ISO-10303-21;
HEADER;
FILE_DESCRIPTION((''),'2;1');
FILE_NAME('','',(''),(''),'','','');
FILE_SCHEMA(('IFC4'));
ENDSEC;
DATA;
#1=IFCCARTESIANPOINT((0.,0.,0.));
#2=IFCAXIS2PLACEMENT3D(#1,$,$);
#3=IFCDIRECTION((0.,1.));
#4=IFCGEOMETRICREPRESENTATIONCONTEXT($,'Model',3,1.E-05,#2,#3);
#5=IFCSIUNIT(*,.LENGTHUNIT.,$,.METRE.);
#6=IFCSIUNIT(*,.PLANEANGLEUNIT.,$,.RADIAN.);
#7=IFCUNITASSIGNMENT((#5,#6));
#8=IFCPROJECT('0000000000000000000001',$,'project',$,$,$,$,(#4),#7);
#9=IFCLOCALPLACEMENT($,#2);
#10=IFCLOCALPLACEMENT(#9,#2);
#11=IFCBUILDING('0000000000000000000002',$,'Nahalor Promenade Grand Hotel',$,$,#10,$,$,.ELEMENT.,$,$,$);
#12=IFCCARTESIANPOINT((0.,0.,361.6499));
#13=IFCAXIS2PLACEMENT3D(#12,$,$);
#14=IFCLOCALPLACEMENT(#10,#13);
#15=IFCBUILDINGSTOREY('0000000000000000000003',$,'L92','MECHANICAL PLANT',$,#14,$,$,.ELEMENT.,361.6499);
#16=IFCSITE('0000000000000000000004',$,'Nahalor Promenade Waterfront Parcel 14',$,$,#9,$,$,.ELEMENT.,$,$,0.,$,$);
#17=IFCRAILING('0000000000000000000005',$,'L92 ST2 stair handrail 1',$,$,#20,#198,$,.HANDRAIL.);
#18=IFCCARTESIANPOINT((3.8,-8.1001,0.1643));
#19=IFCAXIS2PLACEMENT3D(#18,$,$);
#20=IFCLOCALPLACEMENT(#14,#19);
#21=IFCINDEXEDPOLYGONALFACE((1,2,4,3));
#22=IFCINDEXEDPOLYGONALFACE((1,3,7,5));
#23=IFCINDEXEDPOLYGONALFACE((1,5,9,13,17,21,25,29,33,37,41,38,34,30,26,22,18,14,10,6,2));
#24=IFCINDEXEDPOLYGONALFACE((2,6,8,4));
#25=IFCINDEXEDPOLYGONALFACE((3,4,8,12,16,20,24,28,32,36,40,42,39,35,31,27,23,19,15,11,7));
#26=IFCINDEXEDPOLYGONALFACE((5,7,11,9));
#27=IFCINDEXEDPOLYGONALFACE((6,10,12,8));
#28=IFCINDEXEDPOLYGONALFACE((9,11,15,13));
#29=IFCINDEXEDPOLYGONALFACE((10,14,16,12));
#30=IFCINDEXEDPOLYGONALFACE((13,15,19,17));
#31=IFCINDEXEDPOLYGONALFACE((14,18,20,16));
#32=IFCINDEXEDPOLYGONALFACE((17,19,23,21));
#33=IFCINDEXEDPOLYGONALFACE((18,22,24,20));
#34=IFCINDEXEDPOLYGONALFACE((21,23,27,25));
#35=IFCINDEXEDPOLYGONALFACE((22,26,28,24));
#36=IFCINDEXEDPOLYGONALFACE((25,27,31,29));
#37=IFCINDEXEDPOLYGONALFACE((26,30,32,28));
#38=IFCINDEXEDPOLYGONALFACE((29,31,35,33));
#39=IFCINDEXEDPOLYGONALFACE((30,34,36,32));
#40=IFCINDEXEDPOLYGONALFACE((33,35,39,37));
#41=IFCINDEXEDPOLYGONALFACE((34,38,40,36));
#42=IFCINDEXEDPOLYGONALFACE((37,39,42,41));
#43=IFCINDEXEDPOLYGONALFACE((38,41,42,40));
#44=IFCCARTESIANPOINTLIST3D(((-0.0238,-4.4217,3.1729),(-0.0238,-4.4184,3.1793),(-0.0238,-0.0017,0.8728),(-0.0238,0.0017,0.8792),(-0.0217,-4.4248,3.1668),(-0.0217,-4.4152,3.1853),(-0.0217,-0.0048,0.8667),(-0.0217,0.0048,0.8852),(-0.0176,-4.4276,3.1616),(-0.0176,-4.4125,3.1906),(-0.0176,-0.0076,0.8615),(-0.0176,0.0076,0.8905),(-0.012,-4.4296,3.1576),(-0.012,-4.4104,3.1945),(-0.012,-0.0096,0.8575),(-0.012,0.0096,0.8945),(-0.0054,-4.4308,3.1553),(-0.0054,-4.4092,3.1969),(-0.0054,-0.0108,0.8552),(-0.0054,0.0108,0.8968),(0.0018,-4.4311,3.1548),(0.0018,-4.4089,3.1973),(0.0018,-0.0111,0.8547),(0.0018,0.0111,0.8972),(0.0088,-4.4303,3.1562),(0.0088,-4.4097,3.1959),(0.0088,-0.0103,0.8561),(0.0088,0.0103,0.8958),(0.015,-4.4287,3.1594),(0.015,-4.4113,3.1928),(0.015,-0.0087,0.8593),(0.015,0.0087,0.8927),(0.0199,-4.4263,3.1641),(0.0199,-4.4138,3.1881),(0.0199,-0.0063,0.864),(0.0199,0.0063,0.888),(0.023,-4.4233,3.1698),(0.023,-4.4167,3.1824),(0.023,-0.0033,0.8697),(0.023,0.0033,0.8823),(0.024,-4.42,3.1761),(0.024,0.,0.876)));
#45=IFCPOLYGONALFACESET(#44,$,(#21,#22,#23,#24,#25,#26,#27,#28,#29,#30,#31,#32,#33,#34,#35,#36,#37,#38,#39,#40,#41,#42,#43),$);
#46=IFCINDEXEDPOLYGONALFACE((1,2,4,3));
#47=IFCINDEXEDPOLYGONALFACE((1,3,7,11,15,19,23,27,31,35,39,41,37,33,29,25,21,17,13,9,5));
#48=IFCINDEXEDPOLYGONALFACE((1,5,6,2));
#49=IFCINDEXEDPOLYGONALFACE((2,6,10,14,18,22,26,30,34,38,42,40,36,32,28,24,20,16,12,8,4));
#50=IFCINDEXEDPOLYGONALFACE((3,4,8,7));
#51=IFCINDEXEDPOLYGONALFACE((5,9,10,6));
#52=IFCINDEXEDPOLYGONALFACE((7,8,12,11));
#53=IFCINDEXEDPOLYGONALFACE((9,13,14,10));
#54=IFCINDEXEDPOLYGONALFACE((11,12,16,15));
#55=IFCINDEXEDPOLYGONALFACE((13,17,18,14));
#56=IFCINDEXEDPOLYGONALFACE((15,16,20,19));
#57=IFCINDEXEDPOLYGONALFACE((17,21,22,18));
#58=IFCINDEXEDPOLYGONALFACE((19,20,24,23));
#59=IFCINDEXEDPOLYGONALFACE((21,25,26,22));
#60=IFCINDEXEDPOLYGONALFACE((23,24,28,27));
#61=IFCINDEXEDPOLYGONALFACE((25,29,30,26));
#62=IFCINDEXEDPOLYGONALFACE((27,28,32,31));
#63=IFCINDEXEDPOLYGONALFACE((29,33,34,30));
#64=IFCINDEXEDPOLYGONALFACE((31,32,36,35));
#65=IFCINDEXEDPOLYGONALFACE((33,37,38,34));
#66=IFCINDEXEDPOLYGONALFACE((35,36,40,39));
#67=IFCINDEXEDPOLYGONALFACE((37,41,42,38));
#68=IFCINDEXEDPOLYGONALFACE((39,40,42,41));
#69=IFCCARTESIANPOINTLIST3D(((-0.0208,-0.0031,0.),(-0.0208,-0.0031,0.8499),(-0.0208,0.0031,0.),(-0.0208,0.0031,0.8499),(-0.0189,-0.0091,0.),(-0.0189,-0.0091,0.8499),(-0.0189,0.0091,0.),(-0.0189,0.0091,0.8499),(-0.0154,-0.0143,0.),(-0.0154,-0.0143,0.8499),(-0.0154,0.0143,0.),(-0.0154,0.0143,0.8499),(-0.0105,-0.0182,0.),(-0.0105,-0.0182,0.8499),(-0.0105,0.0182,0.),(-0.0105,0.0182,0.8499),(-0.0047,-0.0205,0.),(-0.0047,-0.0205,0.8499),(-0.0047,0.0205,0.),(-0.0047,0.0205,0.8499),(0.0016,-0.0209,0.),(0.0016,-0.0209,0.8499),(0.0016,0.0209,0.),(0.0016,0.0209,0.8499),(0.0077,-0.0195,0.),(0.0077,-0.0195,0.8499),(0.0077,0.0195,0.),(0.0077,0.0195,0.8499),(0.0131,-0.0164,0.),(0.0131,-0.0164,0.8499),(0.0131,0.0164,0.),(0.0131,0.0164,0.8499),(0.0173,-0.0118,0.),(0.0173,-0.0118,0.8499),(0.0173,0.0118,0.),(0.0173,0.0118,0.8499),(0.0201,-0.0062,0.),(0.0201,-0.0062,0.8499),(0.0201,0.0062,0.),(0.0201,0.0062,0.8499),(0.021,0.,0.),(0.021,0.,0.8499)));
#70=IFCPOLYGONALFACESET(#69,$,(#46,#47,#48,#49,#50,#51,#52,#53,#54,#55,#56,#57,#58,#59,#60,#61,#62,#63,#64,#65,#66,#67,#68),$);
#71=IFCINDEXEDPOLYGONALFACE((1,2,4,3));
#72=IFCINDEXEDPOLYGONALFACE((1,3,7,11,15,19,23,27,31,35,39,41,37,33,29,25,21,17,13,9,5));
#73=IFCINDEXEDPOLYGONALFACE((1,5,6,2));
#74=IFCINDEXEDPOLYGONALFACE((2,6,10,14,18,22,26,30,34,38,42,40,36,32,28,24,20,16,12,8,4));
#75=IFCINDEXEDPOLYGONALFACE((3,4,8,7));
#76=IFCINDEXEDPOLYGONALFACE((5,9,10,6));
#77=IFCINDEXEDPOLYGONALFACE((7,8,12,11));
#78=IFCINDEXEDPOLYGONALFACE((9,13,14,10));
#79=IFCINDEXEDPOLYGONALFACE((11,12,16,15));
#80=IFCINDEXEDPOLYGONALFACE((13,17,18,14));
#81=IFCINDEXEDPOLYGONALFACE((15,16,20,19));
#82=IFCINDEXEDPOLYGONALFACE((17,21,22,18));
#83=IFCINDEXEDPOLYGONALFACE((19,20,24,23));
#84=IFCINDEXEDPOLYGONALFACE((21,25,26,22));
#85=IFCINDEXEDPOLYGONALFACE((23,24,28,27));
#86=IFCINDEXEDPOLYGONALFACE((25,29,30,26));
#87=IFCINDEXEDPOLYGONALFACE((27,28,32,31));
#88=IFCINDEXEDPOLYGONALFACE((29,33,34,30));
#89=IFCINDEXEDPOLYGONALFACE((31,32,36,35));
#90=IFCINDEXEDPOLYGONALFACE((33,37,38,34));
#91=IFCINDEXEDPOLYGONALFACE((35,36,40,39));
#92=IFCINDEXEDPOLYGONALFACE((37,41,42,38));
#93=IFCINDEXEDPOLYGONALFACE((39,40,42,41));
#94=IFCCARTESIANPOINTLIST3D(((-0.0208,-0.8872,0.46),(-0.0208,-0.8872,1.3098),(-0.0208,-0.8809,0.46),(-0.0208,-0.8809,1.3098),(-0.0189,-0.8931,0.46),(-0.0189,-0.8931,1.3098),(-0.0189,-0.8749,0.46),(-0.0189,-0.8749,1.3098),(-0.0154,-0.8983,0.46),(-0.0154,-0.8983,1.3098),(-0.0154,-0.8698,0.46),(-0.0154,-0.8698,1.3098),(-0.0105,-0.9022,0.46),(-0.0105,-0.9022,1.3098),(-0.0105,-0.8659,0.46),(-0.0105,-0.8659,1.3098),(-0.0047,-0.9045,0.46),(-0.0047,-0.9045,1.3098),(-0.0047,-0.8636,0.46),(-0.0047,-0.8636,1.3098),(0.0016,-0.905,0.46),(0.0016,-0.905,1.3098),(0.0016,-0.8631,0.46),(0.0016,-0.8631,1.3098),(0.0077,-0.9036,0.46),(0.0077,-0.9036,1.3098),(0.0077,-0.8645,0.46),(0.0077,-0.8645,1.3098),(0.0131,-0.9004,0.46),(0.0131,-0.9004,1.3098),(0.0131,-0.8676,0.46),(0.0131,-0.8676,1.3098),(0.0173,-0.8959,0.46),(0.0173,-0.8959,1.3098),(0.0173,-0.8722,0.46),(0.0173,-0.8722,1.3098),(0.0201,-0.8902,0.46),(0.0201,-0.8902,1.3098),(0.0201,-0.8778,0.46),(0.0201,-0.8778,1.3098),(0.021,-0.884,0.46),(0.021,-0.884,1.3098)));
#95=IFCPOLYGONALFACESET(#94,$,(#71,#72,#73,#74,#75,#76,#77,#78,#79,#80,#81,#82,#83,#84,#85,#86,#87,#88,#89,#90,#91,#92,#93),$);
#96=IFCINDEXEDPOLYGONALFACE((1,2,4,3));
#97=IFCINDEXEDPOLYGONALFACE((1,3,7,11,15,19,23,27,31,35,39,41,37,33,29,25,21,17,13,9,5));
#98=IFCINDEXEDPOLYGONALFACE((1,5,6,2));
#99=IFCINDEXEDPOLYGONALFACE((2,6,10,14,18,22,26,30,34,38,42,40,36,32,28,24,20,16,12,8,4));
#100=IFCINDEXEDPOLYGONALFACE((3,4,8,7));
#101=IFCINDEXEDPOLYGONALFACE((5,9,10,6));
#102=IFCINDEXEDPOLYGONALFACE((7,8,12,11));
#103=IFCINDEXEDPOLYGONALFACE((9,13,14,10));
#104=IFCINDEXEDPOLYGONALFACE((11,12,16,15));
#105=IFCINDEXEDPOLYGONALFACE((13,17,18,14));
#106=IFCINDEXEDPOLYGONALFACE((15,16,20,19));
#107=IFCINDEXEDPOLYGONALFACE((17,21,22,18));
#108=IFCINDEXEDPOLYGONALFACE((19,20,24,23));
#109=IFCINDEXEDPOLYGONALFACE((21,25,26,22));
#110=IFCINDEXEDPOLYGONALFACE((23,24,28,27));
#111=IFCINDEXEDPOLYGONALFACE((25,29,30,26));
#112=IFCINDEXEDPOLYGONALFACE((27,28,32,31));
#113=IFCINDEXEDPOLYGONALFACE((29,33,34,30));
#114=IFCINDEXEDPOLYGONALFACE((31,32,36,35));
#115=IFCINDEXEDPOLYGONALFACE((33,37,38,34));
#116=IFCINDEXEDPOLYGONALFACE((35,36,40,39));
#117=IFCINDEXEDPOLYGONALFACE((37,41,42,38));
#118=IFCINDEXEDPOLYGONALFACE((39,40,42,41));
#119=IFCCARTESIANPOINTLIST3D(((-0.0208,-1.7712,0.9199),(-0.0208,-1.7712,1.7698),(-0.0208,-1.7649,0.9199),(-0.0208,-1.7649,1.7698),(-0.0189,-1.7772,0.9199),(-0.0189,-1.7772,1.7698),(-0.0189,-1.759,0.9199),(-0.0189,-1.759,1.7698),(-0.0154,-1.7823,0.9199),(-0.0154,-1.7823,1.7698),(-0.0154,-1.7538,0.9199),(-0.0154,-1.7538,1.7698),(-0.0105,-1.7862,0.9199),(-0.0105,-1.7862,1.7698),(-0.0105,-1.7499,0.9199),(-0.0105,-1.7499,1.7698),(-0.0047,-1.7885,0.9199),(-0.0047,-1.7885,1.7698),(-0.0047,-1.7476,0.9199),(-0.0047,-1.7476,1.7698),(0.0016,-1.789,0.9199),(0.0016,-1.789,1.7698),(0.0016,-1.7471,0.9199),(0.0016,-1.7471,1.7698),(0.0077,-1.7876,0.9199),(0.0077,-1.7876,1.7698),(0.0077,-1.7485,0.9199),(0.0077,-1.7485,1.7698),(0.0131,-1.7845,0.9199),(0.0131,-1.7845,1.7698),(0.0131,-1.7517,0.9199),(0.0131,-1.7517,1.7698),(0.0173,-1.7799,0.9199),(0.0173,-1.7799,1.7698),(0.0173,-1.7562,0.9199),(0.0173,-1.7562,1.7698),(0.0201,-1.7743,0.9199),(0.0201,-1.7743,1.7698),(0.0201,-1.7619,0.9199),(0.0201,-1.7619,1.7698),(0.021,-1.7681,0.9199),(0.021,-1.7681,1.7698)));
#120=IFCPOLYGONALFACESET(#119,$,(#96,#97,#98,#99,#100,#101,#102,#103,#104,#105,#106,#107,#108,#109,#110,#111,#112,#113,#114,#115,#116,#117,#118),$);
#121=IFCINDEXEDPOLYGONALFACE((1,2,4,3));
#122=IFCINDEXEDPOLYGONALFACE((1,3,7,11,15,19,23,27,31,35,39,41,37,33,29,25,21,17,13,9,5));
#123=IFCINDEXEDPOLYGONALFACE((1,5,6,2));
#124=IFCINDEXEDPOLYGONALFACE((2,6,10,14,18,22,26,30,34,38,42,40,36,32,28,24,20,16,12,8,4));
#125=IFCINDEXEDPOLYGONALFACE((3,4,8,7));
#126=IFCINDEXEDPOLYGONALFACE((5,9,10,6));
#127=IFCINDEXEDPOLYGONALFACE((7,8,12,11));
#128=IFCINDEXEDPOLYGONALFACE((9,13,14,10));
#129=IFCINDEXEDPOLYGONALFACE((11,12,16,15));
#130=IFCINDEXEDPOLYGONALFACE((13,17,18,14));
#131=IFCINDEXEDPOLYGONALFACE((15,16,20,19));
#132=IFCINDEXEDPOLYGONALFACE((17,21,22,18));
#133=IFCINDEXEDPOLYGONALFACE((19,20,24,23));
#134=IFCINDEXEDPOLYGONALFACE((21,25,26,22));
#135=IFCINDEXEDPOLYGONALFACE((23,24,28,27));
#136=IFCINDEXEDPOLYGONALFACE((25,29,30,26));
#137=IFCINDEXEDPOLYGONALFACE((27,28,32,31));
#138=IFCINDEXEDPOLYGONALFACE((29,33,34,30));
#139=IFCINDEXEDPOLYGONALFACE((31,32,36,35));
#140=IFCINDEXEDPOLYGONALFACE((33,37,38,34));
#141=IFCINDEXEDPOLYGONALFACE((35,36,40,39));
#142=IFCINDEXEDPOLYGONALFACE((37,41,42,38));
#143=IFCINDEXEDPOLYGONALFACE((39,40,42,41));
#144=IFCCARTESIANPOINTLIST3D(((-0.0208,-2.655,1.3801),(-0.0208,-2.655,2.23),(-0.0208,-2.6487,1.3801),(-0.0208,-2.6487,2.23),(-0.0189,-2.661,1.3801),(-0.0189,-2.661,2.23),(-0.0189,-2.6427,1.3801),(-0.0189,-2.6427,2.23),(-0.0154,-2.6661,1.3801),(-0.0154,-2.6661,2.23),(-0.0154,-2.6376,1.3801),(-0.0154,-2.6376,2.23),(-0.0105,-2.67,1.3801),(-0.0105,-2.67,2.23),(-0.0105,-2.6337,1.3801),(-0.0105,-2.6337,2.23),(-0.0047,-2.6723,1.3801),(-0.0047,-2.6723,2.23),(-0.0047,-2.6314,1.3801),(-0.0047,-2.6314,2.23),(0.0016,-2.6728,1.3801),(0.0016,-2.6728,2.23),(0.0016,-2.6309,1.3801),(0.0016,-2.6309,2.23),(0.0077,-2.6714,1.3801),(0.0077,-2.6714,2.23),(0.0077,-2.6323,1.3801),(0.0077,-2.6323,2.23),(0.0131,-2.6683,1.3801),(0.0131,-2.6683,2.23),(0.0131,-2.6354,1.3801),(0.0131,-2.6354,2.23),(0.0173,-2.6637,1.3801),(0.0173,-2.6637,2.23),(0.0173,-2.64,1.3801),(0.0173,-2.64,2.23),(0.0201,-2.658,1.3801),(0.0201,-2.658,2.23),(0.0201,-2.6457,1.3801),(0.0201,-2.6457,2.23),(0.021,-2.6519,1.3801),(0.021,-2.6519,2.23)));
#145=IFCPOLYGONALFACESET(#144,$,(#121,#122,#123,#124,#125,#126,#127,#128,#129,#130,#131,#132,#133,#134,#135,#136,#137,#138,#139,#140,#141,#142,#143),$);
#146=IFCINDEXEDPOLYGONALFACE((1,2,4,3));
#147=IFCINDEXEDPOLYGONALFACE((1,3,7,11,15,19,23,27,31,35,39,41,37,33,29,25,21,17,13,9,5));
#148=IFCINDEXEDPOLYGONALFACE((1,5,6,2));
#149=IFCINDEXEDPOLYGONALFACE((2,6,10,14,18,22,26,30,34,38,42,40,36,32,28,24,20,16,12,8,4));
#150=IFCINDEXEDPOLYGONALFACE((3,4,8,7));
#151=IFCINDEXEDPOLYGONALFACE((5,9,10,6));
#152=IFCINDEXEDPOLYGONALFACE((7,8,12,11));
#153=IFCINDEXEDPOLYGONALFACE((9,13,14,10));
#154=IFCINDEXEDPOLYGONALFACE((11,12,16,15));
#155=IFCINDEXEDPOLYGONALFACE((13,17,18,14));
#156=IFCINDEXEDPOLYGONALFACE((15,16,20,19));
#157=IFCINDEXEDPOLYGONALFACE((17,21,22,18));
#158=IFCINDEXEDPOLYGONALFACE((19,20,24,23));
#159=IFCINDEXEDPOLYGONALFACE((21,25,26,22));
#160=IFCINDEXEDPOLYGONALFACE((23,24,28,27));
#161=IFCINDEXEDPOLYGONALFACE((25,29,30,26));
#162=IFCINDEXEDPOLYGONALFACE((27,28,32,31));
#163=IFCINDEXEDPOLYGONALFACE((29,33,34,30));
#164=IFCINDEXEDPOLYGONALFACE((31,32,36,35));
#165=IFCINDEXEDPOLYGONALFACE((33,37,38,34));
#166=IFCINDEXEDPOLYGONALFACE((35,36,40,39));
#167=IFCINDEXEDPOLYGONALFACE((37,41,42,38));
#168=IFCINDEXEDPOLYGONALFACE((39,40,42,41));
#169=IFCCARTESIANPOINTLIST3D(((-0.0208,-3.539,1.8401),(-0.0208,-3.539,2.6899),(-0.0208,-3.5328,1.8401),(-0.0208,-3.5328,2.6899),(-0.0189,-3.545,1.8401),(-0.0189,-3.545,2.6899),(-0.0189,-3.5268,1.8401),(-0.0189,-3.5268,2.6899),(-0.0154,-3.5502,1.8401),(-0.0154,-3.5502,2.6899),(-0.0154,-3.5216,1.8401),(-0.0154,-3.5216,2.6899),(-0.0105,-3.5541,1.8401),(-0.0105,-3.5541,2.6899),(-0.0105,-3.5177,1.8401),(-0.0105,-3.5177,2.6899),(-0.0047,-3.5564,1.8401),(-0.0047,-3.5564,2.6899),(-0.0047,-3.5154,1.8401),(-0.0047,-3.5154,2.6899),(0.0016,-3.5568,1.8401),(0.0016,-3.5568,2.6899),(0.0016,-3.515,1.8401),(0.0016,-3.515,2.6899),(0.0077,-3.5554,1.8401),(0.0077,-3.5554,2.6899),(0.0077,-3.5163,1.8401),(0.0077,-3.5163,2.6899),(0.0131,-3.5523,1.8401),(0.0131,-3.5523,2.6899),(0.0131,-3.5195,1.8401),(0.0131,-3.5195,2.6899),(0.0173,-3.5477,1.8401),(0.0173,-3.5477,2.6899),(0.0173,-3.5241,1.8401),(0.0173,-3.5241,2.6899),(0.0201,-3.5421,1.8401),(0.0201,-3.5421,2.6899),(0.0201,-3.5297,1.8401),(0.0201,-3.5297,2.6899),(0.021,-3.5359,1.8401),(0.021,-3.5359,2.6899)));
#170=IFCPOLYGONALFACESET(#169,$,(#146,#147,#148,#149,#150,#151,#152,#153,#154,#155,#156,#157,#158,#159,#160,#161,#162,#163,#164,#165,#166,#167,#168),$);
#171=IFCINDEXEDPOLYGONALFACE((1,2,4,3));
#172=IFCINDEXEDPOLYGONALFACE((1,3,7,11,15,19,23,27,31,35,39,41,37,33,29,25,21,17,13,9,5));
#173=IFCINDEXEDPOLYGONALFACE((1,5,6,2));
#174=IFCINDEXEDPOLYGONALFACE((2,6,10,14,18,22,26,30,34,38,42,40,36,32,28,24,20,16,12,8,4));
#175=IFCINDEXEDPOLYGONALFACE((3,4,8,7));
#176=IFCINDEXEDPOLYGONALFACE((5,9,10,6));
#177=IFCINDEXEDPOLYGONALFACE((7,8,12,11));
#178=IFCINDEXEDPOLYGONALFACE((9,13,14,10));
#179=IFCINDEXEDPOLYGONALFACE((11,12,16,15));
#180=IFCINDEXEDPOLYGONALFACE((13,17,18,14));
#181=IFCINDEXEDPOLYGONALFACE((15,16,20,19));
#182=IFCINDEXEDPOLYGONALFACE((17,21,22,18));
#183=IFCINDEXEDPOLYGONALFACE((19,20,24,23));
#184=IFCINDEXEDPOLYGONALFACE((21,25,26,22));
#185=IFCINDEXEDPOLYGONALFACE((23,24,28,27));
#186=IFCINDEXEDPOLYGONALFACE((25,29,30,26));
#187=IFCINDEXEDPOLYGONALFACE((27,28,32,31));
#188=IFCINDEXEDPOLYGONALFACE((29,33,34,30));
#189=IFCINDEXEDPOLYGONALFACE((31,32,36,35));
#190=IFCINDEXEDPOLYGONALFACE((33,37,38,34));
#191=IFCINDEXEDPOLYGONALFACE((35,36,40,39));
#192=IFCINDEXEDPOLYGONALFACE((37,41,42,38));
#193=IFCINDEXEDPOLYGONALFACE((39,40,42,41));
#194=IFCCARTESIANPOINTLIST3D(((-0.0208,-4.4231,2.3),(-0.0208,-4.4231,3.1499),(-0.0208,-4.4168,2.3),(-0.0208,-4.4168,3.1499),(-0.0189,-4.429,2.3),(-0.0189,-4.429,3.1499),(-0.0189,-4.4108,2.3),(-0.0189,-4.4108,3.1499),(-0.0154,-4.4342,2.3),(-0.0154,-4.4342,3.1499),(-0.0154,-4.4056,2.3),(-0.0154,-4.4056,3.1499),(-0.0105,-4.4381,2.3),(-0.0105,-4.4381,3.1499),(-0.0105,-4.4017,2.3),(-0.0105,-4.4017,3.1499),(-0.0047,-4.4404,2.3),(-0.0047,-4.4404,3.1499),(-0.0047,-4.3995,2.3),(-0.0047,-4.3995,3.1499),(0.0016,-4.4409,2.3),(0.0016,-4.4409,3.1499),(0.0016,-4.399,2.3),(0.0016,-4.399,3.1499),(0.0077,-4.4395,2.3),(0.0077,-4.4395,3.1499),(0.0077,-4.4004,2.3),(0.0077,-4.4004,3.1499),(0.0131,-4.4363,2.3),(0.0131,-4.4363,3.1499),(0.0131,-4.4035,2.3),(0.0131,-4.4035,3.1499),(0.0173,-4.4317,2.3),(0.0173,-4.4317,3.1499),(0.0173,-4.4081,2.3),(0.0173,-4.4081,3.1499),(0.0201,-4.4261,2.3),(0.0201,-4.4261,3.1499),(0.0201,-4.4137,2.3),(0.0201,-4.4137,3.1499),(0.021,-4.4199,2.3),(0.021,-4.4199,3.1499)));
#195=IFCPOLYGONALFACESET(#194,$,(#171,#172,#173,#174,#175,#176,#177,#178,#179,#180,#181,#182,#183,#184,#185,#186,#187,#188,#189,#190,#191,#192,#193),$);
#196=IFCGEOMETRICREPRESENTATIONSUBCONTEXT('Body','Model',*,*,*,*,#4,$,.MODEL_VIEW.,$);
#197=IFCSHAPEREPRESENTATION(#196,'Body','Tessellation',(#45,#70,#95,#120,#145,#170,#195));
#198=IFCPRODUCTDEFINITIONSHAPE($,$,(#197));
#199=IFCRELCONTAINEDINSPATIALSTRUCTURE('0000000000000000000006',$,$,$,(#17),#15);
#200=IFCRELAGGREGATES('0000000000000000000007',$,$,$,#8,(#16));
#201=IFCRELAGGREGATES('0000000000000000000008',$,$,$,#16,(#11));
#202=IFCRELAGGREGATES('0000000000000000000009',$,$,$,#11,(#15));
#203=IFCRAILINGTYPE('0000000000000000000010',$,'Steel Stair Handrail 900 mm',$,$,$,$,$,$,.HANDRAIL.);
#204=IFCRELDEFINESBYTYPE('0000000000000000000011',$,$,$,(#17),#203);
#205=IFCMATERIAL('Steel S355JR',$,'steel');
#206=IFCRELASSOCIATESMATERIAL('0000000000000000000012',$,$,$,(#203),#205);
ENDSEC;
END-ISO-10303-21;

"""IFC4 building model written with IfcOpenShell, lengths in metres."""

from ifc_helpers import new_model, si_unit, direction, frame, origin, origin_2d, place, context, subcontext, project, spatial, circle, extrude, material, type_object, element, save


model = new_model("IFC4")

# Units and contexts
model_context = context("Model", 3, precision=1e-05, world=origin(), true_north=direction((0.0, 1.0)))
body_context = subcontext(model_context, "Body", "Model", "MODEL_VIEW")
ifc_project = project(units=[si_unit("LENGTHUNIT", "METRE"), si_unit("PLANEANGLEUNIT", "RADIAN")], contexts=[model_context])

# Site, building, storey
site_placement = place(None, origin())
site = spatial("IfcSite", under=ifc_project, at=site_placement, Name="Nahalor Promenade Waterfront Parcel 14", CompositionType="ELEMENT", RefElevation=0.0)
building_placement = place(site_placement, origin())
building = spatial("IfcBuilding", under=site, at=building_placement, Name="Nahalor Promenade Grand Hotel", CompositionType="ELEMENT")
storey_placement = place(building_placement, frame((0.0, 0.0, 361.6499)))
storey = spatial("IfcBuildingStorey", under=building, at=storey_placement, Name="L92", Description="MECHANICAL PLANT", CompositionType="ELEMENT", Elevation=361.6499)

# Shared definitions
ifc_material_1 = material(Name="Steel S355JR", Category="steel")

# Railing
railing_type_1 = type_object("IfcRailingType", Name="Steel Stair Handrail 900 mm", PredefinedType="HANDRAIL", material=ifc_material_1)
railing_1_placement = place(storey_placement, frame((3.8, -8.1001, 0.1643)))
element("IfcRailing", 1, at=railing_1_placement, inside=storey, type_object=railing_type_1, Name="L92 ST2 stair handrail 1", PredefinedType="HANDRAIL", context=body_context, shape_type="SweptSolid", body=[
    extrude(circle(Radius=0.024, at=origin_2d()), frame((0.0, 0.0, 0.876), z_axis=(0.0, -0.887078, 0.46162), x_axis=(1.0, 0.0, 0.0)), (0.0, 0.0, 1.0), 4.9827),
    extrude(circle(Radius=0.021, at=origin_2d()), origin(), (0.0, 0.0, 1.0), 0.8499),
    extrude(circle(Radius=0.021, at=origin_2d()), frame((0.0, -0.884, 0.46)), (0.0, 0.0, 1.0), 0.8499),
    extrude(circle(Radius=0.021, at=origin_2d()), frame((0.0, -1.7681, 0.9199)), (0.0, 0.0, 1.0), 0.8499),
    extrude(circle(Radius=0.021, at=origin_2d()), frame((0.0, -2.6519, 1.3801)), (0.0, 0.0, 1.0), 0.8499),
    extrude(circle(Radius=0.021, at=origin_2d()), frame((0.0, -3.5359, 1.8401)), (0.0, 0.0, 1.0), 0.8499),
    extrude(circle(Radius=0.021, at=origin_2d()), frame((0.0, -4.4199, 2.3)), (0.0, 0.0, 1.0), 0.8499),
])

save(model, "model.ifc")
